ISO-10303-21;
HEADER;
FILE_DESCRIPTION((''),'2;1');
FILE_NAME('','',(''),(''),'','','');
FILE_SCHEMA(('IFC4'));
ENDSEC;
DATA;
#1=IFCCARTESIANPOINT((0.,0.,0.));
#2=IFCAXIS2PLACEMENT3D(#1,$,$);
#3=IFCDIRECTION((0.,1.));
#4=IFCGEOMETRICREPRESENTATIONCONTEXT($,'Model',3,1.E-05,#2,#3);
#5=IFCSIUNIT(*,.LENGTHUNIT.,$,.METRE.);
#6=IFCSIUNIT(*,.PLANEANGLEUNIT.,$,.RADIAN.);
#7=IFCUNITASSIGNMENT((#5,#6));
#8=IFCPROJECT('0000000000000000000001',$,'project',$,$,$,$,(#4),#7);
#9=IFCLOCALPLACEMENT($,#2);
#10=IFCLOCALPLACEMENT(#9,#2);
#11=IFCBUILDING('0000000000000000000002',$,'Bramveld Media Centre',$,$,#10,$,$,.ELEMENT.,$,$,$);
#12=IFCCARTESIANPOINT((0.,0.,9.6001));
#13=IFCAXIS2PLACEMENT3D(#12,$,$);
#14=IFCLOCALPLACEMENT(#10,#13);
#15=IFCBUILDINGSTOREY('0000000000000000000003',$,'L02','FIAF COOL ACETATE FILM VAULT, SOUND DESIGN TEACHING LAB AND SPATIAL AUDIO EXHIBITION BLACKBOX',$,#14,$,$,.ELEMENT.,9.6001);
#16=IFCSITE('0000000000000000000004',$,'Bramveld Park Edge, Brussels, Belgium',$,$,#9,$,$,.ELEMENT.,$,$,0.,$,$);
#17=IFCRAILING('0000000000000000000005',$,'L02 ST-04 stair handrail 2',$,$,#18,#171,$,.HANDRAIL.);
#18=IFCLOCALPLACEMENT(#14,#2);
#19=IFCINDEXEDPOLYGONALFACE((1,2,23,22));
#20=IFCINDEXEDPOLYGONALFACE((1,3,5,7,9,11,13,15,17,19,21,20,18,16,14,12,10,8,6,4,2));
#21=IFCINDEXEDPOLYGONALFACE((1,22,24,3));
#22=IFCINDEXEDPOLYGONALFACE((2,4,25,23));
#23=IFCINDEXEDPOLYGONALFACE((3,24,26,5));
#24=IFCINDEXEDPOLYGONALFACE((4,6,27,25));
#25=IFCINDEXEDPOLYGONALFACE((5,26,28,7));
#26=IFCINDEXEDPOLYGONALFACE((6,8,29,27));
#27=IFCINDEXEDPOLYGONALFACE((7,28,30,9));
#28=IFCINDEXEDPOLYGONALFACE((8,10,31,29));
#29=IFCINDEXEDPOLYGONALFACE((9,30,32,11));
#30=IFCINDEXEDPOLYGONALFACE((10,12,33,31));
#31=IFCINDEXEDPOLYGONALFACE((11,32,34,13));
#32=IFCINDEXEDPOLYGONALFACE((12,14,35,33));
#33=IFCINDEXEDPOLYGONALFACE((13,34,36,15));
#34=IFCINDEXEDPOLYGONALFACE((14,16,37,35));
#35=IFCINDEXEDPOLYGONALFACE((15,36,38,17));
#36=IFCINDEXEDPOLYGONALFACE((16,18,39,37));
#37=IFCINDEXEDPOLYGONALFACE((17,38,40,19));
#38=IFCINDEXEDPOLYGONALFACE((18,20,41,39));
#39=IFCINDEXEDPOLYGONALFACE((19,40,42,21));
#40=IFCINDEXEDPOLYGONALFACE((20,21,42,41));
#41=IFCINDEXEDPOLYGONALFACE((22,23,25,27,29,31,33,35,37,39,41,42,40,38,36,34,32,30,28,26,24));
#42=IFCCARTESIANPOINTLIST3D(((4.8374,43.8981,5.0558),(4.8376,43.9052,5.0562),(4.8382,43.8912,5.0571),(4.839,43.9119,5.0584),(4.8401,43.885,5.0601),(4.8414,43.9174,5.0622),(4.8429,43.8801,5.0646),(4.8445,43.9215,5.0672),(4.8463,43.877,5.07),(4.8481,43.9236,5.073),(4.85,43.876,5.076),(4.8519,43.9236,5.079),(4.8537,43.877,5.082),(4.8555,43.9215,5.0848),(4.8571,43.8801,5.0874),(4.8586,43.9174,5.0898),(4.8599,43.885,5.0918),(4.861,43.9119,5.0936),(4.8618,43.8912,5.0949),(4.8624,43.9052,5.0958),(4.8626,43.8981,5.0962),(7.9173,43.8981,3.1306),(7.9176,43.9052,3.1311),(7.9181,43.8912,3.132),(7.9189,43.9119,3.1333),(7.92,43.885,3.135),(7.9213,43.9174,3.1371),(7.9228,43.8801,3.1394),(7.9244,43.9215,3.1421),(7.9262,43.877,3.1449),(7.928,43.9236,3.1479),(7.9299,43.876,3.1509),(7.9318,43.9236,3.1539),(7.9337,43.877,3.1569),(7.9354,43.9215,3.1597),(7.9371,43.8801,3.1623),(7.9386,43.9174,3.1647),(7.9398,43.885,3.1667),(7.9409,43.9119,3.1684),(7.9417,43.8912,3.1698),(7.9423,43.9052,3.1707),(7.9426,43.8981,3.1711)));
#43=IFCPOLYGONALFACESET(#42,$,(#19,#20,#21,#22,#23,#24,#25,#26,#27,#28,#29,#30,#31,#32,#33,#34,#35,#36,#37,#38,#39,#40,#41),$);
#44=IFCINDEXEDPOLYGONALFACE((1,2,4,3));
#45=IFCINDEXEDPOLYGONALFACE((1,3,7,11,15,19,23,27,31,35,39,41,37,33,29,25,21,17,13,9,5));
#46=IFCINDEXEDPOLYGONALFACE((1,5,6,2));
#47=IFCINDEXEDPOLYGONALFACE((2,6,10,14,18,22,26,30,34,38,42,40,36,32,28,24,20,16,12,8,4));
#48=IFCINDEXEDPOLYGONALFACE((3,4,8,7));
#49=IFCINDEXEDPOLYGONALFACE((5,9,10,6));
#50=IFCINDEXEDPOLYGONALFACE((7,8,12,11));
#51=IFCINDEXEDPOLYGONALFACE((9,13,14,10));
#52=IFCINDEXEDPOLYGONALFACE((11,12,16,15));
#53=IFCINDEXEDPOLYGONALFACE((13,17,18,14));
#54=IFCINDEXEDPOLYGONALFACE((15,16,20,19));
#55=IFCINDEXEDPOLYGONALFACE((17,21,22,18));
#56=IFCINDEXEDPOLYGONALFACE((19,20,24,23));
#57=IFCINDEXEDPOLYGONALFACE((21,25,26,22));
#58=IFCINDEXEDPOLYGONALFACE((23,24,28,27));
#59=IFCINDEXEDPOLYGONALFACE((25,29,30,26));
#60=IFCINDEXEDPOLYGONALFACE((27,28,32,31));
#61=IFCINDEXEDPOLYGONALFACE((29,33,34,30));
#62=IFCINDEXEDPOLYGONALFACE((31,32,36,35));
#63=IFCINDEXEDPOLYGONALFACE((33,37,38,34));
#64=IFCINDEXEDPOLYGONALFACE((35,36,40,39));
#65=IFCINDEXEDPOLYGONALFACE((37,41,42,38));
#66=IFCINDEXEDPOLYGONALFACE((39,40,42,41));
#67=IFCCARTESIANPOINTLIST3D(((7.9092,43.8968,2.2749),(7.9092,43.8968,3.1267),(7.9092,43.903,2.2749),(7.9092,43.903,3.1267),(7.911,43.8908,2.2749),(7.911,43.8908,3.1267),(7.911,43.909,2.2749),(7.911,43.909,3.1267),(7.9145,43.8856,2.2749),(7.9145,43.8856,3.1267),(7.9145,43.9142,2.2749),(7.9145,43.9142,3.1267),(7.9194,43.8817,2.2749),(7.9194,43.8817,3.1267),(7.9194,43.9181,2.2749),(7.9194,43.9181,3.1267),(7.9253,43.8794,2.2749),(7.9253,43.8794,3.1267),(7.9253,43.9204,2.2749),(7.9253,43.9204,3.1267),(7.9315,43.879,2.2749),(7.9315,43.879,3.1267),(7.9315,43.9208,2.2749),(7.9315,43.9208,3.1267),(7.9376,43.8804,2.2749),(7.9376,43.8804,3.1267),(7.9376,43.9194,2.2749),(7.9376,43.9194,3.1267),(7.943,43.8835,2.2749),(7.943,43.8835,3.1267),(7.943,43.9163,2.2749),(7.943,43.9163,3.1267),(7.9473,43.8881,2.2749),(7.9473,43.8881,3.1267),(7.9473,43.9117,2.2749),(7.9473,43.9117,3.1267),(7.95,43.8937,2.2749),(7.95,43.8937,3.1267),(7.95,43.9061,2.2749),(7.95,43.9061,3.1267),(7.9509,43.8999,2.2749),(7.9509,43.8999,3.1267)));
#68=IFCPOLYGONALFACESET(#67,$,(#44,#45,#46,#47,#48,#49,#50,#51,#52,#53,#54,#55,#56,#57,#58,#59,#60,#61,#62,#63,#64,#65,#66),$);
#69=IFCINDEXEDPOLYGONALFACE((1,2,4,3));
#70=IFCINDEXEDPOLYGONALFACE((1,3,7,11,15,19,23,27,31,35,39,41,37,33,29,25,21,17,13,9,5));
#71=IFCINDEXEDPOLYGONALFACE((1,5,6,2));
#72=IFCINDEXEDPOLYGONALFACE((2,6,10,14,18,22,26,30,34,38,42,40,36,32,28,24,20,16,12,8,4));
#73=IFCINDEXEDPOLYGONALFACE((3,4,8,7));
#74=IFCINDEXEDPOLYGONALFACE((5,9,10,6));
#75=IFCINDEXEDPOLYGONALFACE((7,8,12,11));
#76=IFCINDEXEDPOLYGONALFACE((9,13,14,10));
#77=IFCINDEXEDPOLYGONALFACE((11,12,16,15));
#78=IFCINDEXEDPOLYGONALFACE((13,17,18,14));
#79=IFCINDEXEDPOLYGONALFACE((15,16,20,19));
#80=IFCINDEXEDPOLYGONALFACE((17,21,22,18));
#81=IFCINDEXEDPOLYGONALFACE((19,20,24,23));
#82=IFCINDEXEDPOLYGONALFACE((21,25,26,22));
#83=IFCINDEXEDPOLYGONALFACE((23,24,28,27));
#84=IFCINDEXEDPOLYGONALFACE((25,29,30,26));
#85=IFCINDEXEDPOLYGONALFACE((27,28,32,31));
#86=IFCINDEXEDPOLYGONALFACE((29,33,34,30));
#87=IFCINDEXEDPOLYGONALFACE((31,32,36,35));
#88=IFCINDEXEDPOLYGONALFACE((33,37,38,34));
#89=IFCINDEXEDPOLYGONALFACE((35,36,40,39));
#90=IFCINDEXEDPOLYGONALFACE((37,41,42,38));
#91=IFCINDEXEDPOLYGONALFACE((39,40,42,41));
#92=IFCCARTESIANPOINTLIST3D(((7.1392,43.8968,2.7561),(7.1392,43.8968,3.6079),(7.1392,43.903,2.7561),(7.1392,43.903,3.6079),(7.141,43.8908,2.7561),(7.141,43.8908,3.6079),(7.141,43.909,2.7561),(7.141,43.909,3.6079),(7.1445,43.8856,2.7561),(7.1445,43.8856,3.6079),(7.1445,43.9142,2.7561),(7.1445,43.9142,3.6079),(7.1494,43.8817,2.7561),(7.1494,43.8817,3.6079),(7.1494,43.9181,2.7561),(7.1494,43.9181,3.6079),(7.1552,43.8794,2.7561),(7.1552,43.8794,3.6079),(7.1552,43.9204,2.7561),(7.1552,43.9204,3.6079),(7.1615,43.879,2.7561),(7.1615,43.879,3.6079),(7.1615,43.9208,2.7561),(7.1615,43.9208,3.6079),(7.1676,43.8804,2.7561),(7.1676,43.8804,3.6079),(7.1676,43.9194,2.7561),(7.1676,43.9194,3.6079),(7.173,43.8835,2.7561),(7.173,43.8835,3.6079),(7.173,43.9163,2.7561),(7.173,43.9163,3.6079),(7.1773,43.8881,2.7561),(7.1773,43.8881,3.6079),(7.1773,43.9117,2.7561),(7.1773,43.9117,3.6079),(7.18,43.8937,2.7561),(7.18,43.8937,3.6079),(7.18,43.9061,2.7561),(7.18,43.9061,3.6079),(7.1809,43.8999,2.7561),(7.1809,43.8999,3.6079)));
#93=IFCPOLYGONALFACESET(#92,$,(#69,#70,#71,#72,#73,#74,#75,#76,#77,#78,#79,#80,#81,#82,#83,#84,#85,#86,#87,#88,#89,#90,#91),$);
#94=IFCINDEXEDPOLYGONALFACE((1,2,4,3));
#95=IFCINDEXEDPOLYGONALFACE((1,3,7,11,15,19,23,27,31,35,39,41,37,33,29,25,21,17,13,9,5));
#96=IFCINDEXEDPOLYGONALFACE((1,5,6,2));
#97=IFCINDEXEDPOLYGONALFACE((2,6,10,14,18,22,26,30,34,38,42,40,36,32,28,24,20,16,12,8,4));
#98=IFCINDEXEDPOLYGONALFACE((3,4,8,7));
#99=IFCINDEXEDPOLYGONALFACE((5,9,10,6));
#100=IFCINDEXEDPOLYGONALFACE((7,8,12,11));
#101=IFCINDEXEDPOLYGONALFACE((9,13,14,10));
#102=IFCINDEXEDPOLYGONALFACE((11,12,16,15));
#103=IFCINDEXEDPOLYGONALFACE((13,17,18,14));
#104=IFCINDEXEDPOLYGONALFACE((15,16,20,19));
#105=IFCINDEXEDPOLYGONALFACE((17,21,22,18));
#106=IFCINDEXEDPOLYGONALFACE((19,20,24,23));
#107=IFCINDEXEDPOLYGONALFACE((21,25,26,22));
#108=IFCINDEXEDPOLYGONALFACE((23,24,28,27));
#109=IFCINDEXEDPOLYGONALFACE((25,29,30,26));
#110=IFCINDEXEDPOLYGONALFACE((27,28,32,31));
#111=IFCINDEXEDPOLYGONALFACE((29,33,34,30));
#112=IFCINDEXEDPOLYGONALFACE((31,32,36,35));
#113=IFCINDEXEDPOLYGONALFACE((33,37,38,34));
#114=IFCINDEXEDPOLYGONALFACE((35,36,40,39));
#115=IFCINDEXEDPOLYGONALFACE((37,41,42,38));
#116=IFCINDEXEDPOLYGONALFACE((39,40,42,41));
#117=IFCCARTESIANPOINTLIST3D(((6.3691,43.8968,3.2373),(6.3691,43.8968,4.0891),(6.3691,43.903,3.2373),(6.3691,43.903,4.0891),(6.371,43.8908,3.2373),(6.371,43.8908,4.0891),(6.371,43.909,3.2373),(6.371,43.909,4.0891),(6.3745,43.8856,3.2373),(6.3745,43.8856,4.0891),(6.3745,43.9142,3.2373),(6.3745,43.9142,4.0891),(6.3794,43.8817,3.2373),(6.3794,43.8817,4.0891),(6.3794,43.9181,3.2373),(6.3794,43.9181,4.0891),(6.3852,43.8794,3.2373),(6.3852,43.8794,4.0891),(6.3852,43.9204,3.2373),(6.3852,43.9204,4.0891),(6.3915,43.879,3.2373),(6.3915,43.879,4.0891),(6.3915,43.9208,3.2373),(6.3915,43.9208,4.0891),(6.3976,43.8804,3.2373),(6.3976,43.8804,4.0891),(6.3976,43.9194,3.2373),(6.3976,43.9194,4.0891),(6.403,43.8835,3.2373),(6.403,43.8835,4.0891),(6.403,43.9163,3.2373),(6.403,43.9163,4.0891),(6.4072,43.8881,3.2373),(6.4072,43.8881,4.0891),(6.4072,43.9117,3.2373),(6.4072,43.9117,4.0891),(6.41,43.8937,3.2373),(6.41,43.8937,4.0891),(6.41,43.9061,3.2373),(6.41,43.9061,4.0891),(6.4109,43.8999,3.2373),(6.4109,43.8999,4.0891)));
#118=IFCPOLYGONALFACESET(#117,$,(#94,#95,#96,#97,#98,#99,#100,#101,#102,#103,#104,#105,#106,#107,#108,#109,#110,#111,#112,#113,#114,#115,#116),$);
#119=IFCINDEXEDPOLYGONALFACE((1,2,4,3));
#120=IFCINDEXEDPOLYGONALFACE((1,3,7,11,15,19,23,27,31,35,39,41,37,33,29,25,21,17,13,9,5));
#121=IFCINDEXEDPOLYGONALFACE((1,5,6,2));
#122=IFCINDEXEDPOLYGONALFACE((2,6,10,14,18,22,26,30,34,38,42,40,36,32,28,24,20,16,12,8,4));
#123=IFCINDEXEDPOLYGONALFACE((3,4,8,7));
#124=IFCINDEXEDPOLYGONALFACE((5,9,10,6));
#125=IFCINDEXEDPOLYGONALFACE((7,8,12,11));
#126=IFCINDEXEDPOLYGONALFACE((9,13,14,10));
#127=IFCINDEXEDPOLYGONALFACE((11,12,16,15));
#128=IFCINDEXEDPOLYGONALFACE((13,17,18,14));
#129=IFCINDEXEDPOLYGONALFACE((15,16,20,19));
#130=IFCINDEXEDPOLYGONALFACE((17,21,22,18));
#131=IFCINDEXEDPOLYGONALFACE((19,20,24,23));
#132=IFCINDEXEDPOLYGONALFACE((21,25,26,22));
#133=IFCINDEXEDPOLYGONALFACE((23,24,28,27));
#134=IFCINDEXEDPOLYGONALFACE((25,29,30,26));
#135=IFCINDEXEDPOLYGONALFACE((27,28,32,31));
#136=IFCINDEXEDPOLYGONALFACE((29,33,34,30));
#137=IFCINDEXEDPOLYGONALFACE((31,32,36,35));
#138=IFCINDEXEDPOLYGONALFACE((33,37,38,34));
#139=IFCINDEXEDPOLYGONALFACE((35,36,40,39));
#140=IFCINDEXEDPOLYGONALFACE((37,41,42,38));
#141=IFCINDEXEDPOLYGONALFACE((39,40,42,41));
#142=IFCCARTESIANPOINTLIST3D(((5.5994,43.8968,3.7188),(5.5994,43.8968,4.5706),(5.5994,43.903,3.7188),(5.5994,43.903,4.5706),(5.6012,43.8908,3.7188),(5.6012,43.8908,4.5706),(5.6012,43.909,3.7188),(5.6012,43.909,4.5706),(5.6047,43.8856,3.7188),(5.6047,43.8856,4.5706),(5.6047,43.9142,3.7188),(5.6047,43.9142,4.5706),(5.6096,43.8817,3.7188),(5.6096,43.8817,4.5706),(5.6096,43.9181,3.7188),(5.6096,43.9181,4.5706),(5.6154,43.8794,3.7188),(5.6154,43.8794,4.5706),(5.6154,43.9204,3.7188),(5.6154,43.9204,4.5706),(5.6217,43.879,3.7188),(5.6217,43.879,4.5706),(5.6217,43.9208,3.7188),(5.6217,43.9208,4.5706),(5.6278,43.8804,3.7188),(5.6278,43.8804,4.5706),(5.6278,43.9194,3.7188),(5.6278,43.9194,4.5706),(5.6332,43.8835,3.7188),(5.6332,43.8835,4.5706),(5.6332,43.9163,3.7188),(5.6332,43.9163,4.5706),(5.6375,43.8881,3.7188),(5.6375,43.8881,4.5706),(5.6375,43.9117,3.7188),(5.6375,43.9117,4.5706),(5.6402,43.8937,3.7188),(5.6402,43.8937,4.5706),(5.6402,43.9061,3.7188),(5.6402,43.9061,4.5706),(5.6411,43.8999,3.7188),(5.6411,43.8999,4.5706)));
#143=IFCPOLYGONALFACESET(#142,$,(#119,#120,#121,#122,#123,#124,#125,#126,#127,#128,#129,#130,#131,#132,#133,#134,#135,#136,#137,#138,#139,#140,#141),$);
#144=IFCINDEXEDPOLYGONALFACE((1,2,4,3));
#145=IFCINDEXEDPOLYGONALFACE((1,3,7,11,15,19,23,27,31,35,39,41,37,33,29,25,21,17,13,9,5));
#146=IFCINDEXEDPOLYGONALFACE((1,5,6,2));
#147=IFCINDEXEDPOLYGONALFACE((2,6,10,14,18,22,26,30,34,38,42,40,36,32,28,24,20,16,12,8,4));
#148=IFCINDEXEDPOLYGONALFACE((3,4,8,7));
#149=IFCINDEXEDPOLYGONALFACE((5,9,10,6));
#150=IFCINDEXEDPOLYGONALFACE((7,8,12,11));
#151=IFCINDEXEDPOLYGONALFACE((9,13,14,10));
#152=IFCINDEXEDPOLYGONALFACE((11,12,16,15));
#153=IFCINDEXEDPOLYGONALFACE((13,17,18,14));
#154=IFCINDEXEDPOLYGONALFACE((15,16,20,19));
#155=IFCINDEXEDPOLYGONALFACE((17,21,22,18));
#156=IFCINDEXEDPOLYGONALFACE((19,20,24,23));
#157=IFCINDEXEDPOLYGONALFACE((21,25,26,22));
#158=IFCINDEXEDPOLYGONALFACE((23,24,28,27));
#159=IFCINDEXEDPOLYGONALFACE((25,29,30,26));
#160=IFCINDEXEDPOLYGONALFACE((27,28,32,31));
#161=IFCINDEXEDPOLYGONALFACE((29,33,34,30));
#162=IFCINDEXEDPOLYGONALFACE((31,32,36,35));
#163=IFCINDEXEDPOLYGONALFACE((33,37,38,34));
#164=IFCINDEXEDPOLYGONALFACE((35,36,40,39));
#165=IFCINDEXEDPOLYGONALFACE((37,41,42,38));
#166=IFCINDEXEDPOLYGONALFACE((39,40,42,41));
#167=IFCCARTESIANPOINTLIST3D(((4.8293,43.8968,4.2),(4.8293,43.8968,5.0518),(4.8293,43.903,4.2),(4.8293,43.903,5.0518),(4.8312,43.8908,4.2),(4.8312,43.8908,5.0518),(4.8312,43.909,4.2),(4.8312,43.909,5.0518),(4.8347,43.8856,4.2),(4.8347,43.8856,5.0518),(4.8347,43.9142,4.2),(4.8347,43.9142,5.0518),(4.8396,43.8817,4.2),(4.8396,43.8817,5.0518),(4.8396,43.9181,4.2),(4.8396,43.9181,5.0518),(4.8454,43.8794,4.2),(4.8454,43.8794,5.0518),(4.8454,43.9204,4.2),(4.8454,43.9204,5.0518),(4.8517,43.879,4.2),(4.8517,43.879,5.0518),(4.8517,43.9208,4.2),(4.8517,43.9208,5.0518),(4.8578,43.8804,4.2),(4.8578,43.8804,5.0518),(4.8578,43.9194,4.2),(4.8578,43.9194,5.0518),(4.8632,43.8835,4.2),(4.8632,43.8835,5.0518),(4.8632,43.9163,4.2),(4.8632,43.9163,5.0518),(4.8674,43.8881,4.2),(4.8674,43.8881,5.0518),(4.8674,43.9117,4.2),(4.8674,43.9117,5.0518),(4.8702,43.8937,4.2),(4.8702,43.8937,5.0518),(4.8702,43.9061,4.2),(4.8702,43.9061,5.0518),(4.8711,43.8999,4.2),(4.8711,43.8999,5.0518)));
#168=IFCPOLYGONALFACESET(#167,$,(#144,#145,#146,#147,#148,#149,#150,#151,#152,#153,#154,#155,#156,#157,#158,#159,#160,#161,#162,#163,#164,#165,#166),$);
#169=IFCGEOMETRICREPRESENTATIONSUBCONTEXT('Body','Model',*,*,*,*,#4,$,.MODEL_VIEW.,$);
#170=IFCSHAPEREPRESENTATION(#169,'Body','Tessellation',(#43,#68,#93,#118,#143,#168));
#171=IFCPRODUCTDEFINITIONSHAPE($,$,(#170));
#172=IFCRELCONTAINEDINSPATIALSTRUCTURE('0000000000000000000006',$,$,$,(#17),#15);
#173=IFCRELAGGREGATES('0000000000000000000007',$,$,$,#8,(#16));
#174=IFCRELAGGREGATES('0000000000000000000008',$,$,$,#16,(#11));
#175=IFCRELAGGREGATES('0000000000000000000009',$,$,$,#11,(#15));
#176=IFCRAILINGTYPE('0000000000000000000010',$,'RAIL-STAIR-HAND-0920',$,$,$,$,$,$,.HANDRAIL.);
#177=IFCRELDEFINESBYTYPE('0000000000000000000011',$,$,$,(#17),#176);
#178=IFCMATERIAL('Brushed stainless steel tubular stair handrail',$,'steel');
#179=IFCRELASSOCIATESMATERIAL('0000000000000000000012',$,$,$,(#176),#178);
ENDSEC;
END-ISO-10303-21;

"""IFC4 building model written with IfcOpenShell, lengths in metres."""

from ifc_helpers import new_model, si_unit, direction, frame, origin, origin_2d, place, context, subcontext, project, spatial, circle, extrude, material, type_object, element, save


model = new_model("IFC4")

# Units and contexts
model_context = context("Model", 3, precision=1e-05, world=origin(), true_north=direction((0.0, 1.0)))
body_context = subcontext(model_context, "Body", "Model", "MODEL_VIEW")
ifc_project = project(units=[si_unit("LENGTHUNIT", "METRE"), si_unit("PLANEANGLEUNIT", "RADIAN")], contexts=[model_context])

# Site, building, storey
site_placement = place(None, origin())
site = spatial("IfcSite", under=ifc_project, at=site_placement, Name="Bramveld Park Edge, Brussels, Belgium", CompositionType="ELEMENT", RefElevation=0.0)
building_placement = place(site_placement, origin())
building = spatial("IfcBuilding", under=site, at=building_placement, Name="Bramveld Media Centre", CompositionType="ELEMENT")
storey_placement = place(building_placement, frame((0.0, 0.0, 9.6001)))
storey = spatial("IfcBuildingStorey", under=building, at=storey_placement, Name="L02", Description="FIAF COOL ACETATE FILM VAULT, SOUND DESIGN TEACHING LAB AND SPATIAL AUDIO EXHIBITION BLACKBOX", CompositionType="ELEMENT", Elevation=9.6001)

# Railing
ifc_material_1 = material(Name="Brushed stainless steel tubular stair handrail", Category="steel")
railing_type_1 = type_object("IfcRailingType", Name="RAIL-STAIR-HAND-0920", PredefinedType="HANDRAIL", material=ifc_material_1)
railing_1_placement = place(storey_placement, frame((7.9299, 43.8999, 2.2749)))
element("IfcRailing", 1, at=railing_1_placement, inside=storey, type_object=railing_type_1, Name="L02 ST-04 stair handrail 2", PredefinedType="HANDRAIL", context=body_context, shape_type="SweptSolid", body=[
    extrude(circle(Radius=0.0239, at=origin_2d()), frame((0.0, 0.0, 0.876), z_axis=(-0.847979, 0.0, 0.530029), x_axis=(0.0, -1.0, 0.0)), (0.0, 0.0, 1.0), 3.6321),
    extrude(circle(Radius=0.021, at=origin_2d()), origin(), (0.0, 0.0, 1.0), 0.8518),
    extrude(circle(Radius=0.021, at=origin_2d()), frame((-0.77, 0.0, 0.4812)), (0.0, 0.0, 1.0), 0.8518),
    extrude(circle(Radius=0.021, at=origin_2d()), frame((-1.54, 0.0, 0.9624)), (0.0, 0.0, 1.0), 0.8518),
    extrude(circle(Radius=0.021, at=origin_2d()), frame((-2.3098, 0.0, 1.4438)), (0.0, 0.0, 1.0), 0.8518),
    extrude(circle(Radius=0.021, at=origin_2d()), frame((-3.0798, 0.0, 1.925)), (0.0, 0.0, 1.0), 0.8518),
])

save(model, "model.ifc")
